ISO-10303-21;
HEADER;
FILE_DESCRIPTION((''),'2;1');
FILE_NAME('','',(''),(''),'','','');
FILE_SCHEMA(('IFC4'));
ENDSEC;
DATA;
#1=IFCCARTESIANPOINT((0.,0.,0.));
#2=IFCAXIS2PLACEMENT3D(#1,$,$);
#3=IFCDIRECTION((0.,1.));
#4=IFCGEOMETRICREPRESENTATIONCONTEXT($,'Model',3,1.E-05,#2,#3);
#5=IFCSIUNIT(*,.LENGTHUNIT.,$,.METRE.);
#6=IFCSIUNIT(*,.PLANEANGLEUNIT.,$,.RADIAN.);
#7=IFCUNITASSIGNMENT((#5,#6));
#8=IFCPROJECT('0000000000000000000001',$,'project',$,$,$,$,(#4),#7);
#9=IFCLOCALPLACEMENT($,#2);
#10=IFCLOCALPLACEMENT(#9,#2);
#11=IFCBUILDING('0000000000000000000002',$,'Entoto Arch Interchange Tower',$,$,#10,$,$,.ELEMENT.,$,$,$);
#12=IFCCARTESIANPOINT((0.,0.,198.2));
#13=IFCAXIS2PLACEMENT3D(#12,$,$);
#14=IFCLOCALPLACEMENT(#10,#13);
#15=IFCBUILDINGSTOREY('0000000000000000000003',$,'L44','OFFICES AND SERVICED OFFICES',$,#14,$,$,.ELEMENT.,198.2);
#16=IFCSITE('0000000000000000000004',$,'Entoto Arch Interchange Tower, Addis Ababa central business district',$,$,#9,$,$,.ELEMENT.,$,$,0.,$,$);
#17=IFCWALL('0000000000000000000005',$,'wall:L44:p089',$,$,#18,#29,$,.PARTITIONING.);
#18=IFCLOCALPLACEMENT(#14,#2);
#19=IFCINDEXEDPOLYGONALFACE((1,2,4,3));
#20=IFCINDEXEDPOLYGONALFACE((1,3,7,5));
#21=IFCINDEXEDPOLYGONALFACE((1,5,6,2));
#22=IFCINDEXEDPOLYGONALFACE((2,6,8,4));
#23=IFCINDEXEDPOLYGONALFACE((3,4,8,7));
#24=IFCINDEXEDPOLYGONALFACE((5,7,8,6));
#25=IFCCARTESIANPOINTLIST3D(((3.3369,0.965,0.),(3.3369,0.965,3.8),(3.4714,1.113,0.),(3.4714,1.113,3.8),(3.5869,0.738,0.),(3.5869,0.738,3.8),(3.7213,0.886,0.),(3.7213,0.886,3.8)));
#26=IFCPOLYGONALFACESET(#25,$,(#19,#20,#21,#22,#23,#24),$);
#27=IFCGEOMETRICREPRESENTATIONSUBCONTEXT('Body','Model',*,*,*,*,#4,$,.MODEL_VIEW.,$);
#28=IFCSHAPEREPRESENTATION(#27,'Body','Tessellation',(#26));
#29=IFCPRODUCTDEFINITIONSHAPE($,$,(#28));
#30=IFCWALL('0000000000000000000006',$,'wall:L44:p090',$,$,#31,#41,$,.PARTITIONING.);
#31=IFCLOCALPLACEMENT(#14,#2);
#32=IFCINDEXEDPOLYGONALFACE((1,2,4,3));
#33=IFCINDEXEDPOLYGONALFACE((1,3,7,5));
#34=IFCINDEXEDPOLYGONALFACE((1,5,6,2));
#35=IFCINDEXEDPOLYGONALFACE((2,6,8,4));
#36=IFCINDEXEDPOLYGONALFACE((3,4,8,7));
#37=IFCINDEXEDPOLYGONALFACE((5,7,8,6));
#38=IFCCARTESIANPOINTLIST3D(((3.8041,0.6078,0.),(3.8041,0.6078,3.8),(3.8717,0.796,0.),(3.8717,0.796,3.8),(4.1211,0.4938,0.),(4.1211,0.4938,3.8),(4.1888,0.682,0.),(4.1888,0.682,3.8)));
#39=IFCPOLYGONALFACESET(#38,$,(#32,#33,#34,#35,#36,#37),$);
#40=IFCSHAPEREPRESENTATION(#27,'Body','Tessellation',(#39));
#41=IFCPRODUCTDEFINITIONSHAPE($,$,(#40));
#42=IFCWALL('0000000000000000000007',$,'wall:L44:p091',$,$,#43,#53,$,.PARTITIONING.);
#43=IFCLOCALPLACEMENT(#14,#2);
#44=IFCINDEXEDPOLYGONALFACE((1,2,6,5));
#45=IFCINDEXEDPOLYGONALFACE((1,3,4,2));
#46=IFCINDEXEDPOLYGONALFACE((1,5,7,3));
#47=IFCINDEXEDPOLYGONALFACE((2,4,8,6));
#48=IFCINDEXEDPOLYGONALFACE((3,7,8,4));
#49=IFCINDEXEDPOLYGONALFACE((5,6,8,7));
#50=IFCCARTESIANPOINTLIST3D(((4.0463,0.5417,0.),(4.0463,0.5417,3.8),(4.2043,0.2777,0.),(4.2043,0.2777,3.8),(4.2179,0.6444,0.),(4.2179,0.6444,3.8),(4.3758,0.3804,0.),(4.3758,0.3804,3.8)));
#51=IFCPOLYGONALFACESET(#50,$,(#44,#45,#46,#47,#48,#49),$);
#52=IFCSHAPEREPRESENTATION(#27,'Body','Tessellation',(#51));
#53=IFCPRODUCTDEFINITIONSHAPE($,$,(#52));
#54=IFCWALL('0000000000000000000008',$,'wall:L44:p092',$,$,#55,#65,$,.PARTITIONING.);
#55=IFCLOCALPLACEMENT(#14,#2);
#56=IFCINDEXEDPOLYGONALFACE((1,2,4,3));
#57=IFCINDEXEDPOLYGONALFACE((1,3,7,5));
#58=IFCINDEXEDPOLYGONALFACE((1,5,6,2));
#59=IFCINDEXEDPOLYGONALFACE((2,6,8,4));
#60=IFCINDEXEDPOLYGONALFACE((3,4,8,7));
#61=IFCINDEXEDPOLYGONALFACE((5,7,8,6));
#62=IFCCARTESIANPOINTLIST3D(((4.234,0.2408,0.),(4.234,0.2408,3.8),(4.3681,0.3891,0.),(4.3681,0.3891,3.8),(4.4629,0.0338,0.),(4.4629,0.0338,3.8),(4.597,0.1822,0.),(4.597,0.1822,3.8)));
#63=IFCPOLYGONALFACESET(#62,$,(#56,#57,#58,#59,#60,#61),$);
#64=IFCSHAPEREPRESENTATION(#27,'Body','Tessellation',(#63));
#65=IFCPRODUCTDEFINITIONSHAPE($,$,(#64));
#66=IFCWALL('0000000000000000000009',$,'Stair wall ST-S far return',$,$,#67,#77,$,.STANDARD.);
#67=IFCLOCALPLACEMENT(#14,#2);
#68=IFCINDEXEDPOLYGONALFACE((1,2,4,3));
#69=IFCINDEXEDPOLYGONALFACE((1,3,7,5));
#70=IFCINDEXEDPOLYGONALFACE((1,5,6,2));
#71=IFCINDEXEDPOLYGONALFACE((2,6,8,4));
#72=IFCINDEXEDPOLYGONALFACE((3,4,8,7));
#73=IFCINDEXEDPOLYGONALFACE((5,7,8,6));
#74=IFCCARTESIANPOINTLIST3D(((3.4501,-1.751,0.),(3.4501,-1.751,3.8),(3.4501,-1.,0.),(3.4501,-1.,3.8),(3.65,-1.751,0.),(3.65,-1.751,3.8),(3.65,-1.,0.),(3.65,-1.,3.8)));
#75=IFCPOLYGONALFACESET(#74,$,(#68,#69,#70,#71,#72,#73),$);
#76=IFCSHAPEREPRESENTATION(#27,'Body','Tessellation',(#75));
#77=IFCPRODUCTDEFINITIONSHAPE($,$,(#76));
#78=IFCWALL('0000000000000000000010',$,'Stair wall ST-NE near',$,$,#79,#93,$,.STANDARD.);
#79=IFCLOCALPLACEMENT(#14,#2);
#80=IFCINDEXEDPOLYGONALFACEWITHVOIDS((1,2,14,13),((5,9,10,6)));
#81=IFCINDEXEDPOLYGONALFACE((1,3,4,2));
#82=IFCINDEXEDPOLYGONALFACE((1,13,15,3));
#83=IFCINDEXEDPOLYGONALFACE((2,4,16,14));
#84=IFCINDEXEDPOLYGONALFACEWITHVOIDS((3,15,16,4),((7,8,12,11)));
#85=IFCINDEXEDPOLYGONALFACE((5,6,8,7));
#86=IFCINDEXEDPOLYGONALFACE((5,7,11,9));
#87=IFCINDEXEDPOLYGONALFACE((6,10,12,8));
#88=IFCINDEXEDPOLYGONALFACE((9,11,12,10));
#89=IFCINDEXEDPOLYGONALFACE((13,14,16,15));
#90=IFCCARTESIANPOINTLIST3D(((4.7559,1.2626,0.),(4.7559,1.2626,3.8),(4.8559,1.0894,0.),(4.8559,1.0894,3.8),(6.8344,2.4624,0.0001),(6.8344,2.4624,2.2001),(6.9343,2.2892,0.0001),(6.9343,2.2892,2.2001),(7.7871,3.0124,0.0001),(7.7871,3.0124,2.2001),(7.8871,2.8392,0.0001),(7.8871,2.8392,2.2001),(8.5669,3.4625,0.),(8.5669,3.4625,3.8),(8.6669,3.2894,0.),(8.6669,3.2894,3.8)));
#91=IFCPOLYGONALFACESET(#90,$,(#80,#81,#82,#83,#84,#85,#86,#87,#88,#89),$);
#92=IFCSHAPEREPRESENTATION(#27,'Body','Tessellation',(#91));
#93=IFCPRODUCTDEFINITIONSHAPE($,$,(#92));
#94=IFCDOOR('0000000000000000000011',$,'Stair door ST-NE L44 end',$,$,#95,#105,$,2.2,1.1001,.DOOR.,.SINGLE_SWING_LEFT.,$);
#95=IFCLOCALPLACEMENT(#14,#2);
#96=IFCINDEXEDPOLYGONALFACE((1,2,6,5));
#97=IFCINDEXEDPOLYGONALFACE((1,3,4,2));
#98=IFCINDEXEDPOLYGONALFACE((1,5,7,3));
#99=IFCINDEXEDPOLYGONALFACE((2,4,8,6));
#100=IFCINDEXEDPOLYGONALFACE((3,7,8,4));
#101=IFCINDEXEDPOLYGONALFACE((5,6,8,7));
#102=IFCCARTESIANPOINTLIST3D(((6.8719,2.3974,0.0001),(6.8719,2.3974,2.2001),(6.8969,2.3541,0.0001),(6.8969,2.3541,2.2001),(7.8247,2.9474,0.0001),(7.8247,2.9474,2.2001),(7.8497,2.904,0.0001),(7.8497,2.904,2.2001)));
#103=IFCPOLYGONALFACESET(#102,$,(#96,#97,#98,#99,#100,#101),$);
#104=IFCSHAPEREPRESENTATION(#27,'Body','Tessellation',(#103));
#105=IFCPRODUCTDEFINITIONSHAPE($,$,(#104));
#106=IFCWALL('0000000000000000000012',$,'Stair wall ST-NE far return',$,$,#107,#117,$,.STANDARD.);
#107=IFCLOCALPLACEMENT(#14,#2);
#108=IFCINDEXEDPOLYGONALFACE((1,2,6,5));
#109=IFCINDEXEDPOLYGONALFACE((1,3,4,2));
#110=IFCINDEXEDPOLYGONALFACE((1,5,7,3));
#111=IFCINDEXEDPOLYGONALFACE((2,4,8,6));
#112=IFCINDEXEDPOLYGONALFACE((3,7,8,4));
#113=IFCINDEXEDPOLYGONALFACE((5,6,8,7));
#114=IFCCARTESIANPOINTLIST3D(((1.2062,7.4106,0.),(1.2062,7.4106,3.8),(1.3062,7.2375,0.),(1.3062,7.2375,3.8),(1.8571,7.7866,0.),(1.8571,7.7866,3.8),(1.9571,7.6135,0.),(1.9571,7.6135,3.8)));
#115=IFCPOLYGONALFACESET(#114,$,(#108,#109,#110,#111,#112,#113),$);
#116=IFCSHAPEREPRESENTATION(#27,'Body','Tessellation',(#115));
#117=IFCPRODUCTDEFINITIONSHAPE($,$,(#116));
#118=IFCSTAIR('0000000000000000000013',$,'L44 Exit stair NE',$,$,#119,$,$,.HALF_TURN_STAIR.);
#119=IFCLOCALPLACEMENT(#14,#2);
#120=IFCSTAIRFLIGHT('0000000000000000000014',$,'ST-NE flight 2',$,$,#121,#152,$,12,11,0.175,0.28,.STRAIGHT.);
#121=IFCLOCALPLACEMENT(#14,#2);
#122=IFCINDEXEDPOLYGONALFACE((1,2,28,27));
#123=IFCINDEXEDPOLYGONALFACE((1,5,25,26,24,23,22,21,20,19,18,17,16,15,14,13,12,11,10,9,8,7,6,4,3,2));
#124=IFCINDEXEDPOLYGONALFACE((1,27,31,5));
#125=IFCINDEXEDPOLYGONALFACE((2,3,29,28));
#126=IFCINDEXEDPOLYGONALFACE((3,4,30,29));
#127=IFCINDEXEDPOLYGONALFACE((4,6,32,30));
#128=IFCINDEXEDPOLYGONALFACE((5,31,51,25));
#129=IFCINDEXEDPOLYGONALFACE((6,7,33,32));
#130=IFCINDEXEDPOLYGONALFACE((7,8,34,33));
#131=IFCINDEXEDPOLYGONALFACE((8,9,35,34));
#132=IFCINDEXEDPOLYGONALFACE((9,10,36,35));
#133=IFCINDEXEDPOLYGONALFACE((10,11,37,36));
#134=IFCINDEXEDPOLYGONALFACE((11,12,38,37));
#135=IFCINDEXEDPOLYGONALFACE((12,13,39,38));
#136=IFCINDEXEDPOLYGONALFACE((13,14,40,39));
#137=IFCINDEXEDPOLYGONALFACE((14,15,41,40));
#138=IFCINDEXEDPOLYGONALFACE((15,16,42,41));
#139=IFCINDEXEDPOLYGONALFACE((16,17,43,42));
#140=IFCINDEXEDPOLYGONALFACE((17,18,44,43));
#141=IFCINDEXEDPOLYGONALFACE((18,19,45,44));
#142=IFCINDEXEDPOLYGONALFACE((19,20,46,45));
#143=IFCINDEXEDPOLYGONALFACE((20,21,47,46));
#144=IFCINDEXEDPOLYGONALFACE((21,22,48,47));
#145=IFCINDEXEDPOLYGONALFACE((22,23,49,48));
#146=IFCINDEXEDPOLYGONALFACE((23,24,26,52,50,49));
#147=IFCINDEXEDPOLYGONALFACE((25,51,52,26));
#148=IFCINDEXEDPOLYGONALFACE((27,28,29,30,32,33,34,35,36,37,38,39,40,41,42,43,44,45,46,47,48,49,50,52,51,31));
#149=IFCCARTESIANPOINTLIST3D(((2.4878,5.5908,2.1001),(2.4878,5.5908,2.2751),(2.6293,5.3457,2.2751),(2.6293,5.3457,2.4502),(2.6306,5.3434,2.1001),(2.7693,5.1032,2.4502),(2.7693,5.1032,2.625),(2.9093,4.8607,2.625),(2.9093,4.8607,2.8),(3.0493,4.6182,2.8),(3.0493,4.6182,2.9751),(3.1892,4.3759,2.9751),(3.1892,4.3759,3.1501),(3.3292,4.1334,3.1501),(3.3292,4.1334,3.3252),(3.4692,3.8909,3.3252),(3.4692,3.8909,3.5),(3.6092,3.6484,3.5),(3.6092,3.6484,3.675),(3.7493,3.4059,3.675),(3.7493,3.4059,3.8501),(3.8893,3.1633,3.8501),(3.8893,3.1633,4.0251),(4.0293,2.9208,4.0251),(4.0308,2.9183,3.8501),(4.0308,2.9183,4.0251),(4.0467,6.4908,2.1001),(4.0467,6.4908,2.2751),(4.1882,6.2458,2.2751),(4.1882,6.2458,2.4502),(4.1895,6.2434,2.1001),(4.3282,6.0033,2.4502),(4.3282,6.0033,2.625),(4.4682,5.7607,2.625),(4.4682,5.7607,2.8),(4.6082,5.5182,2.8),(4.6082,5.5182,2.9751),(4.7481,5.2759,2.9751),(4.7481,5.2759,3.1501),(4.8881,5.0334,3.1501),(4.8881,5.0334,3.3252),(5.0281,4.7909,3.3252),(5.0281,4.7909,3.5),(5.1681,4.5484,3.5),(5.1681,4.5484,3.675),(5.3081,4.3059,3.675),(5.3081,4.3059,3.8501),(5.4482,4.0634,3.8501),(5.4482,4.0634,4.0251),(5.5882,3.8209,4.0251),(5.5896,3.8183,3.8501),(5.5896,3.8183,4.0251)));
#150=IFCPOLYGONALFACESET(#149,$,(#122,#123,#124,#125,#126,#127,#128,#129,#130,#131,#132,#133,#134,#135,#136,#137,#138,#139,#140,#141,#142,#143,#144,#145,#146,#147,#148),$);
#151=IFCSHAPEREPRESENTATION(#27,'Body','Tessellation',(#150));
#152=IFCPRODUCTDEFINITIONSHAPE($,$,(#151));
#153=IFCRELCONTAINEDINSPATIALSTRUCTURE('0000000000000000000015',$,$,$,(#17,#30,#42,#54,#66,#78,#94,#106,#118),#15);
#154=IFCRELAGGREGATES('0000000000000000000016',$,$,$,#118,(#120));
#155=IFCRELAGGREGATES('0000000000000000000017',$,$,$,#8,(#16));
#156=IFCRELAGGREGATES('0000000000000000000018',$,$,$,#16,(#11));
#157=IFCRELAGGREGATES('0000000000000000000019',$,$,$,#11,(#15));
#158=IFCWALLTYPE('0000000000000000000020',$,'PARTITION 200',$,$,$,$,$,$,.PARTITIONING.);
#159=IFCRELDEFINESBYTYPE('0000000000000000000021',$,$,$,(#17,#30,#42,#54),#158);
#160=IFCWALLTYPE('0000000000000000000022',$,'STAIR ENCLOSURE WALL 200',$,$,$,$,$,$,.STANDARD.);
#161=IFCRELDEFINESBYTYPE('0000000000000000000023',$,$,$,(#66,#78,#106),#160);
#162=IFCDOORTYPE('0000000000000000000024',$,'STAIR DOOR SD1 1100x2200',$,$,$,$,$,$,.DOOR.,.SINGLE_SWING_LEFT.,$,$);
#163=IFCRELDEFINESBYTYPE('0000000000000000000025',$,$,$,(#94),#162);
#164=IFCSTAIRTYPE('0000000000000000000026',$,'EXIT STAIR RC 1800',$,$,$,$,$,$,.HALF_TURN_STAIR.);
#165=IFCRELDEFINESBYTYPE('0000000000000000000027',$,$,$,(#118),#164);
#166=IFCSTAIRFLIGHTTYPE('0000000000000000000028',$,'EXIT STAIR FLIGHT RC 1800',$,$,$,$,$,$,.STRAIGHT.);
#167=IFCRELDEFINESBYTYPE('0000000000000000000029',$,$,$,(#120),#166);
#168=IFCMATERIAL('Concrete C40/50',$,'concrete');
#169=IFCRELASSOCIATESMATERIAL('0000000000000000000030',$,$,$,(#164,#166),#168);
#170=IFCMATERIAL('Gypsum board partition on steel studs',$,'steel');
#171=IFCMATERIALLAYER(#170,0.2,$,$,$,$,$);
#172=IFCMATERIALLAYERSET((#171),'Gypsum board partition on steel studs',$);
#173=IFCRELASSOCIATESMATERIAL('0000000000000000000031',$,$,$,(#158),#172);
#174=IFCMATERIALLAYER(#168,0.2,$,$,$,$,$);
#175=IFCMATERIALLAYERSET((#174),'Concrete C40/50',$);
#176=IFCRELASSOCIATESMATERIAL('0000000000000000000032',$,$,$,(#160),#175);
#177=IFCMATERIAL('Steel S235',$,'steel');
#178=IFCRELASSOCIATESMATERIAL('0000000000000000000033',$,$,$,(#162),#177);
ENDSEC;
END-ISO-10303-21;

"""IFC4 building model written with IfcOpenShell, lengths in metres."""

from ifc_helpers import new_model, si_unit, direction, frame, frame_2d, origin, place, context, subcontext, project, spatial, polyline, rectangle, outline, extrude, material, layer, layer_set, type_object, element, fill, aggregate, save


model = new_model("IFC4")

# Units and contexts
model_context = context("Model", 3, precision=1e-05, world=origin(), true_north=direction((0.0, 1.0)))
body_context = subcontext(model_context, "Body", "Model", "MODEL_VIEW")
ifc_project = project(units=[si_unit("LENGTHUNIT", "METRE"), si_unit("PLANEANGLEUNIT", "RADIAN")], contexts=[model_context])

# Site, building, storey
site_placement = place(None, origin())
site = spatial("IfcSite", under=ifc_project, at=site_placement, Name="Entoto Arch Interchange Tower, Addis Ababa central business district", CompositionType="ELEMENT", RefElevation=0.0)
building_placement = place(site_placement, origin())
building = spatial("IfcBuilding", under=site, at=building_placement, Name="Entoto Arch Interchange Tower", CompositionType="ELEMENT")
storey_placement = place(building_placement, frame((0.0, 0.0, 198.2)))
storey = spatial("IfcBuildingStorey", under=building, at=storey_placement, Name="L44", Description="OFFICES AND SERVICED OFFICES", CompositionType="ELEMENT", Elevation=198.2)

# Shared definitions
ifc_material_1 = material(Name="Concrete C40/50", Category="concrete")
stair_type = type_object("IfcStairType", Name="EXIT STAIR RC 1800", PredefinedType="HALF_TURN_STAIR", material=ifc_material_1)

# Shared definitions
ifc_material_2 = material(Name="Gypsum board partition on steel studs", Category="steel")
ifc_layer_1 = layer(ifc_material_2, 0.2)
ifc_layer_set_1 = layer_set([ifc_layer_1], Name="Gypsum board partition on steel studs")
wall_type_1 = type_object("IfcWallType", Name="PARTITION 200", PredefinedType="PARTITIONING", material=ifc_layer_set_1)

# Walls
for number, where, z_axis, x_axis, name in (
    (1, (3.4041, 1.0391, 0.0), (0.0, 0.0, 1.0), (0.740267, -0.672313, 0.0), "wall:L44:p089"),
):
    element("IfcWall", number, at=place(storey_placement, frame(where, z_axis=z_axis, x_axis=x_axis)), inside=storey, type_object=wall_type_1, Name=name, PredefinedType="PARTITIONING", context=body_context, shape_type="SweptSolid", body=[
        extrude(rectangle(XDim=0.3376, YDim=0.2, at=frame_2d((0.1689, 0.0))), origin(), (0.0, 0.0, 1.0), 3.8),
    ])
wall_1_placement = place(storey_placement, frame((3.8379, 0.7019, 0.0), z_axis=(0.0, 0.0, 1.0), x_axis=(0.941035, -0.338309, 0.0)))
element("IfcWall", 2, at=wall_1_placement, inside=storey, type_object=wall_type_1, Name="wall:L44:p090", PredefinedType="PARTITIONING", context=body_context, shape_type="SweptSolid", body=[
    extrude(rectangle(XDim=0.3369, YDim=0.2, at=frame_2d((0.1685, 0.0))), origin(), (0.0, 0.0, 1.0), 3.8),
])
wall_2_placement = place(storey_placement, frame((4.1321, 0.593, 0.0), z_axis=(0.0, 0.0, 1.0), x_axis=(0.513562, -0.858053, 0.0)))
element("IfcWall", 3, at=wall_2_placement, inside=storey, type_object=wall_type_1, Name="wall:L44:p091", PredefinedType="PARTITIONING", context=body_context, shape_type="SweptSolid", body=[
    extrude(rectangle(XDim=0.3076, YDim=0.2, at=frame_2d((0.1538, 0.0))), origin(), (0.0, 0.0, 1.0), 3.8),
])
wall_3_placement = place(storey_placement, frame((4.301, 0.3149, 0.0), z_axis=(0.0, 0.0, 1.0), x_axis=(0.741798, -0.670623, 0.0)))
element("IfcWall", 4, at=wall_3_placement, inside=storey, type_object=wall_type_1, Name="wall:L44:p092", PredefinedType="PARTITIONING", context=body_context, shape_type="SweptSolid", body=[
    extrude(rectangle(XDim=0.3086, YDim=0.2, at=frame_2d((0.1543, 0.0))), origin(), (0.0, 0.0, 1.0), 3.8),
])
ifc_layer_2 = layer(ifc_material_1, 0.2)
ifc_layer_set_2 = layer_set([ifc_layer_2], Name="Concrete C40/50")
wall_type_2 = type_object("IfcWallType", Name="STAIR ENCLOSURE WALL 200", PredefinedType="STANDARD", material=ifc_layer_set_2)
wall_4_placement = place(storey_placement, frame((3.55, -1.0, 0.0), z_axis=(0.0, 0.0, 1.0), x_axis=(0.0, -1.0, 0.0)))
element("IfcWall", 5, at=wall_4_placement, inside=storey, type_object=wall_type_2, Name="Stair wall ST-S far return", PredefinedType="STANDARD", context=body_context, shape_type="SweptSolid", body=[
    extrude(rectangle(XDim=0.751, YDim=0.2, at=frame_2d((0.3755, 0.0))), origin(), (0.0, 0.0, 1.0), 3.8),
])

# Wall, opening, door
wall_5_placement = place(storey_placement, frame((4.8059, 1.176, 0.0), z_axis=(0.0, 0.0, 1.0), x_axis=(0.86606, 0.49994, 0.0)))
wall_5 = element("IfcWall", 6, at=wall_5_placement, inside=storey, type_object=wall_type_2, Name="Stair wall ST-NE near", PredefinedType="STANDARD", context=body_context, shape_type="SweptSolid", body=[
    extrude(rectangle(XDim=4.4004, YDim=0.2, at=frame_2d((2.2002, 0.0))), origin(), (0.0, 0.0, 1.0), 3.8),
])
opening_1_placement = place(wall_5_placement, frame((2.3999, 0.0, 0.0)))
opening_1 = element("IfcOpeningElement", 7, at=opening_1_placement, cuts=wall_5, PredefinedType="OPENING", context=body_context, shape_type="SweptSolid", body=[
    extrude(rectangle(XDim=1.1001, YDim=2.2, at=frame_2d((0.55, 1.1001))), frame((0.0, 0.1099, 0.0), z_axis=(0.0, -1.0, 0.0), x_axis=(1.0, 0.0, 0.0)), (0.0, 0.0, 1.0), 0.22),
])
ifc_material_3 = material(Name="Steel S235", Category="steel")
door_type_1 = type_object("IfcDoorType", Name="STAIR DOOR SD1 1100x2200", OperationType="SINGLE_SWING_LEFT", PredefinedType="DOOR", material=ifc_material_3)
door_1_placement = place(opening_1_placement, origin())
door_1 = element("IfcDoor", 8, at=door_1_placement, inside=storey, type_object=door_type_1, Name="Stair door ST-NE L44 end", OperationType="SINGLE_SWING_LEFT", OverallHeight=2.2, OverallWidth=1.1001, PredefinedType="DOOR", context=body_context, shape_type="SweptSolid", body=[
    extrude(rectangle(XDim=1.1001, YDim=2.2, at=frame_2d((0.55, 1.1001))), frame((0.0, 0.0249, 0.0), z_axis=(0.0, -1.0, 0.0), x_axis=(1.0, 0.0, 0.0)), (0.0, 0.0, 1.0), 0.05),
])
fill(opening_1, door_1)

# Wall
wall_6_placement = place(storey_placement, frame((1.2561, 7.324, 0.0), z_axis=(0.0, 0.0, 1.0), x_axis=(0.865915, 0.500191, 0.0)))
element("IfcWall", 9, at=wall_6_placement, inside=storey, type_object=wall_type_2, Name="Stair wall ST-NE far return", PredefinedType="STANDARD", context=body_context, shape_type="SweptSolid", body=[
    extrude(rectangle(XDim=0.7517, YDim=0.2, at=frame_2d((0.376, 0.0))), origin(), (0.0, 0.0, 1.0), 3.8),
])

# Stair, stair flight
stair_1_placement = place(storey_placement, origin())
stair_1 = element("IfcStair", 10, at=stair_1_placement, inside=storey, type_object=stair_type, Name="L44 Exit stair NE", PredefinedType="HALF_TURN_STAIR")
stair_flight_type = type_object("IfcStairFlightType", Name="EXIT STAIR FLIGHT RC 1800", PredefinedType="STRAIGHT", material=ifc_material_1)
stair_flight_placement = place(storey_placement, frame((3.2688, 6.0383, 2.1001), z_axis=(0.0, 0.0, 1.0), x_axis=(0.5, -0.866025, 0.0)))
stair_flight = element("IfcStairFlight", 11, at=stair_flight_placement, type_object=stair_flight_type, Name="ST-NE flight 2", NumberOfRisers=12, NumberOfTreads=11, PredefinedType="STRAIGHT", RiserHeight=0.175, TreadLength=0.28, context=body_context, shape_type="SweptSolid", body=[
    extrude(outline(polyline([(-0.0029, 0.0), (-0.0029, 0.175), (0.28, 0.175), (0.28, 0.3501), (0.5601, 0.3501), (0.5601, 0.5249), (0.8401, 0.5249), (0.8401, 0.7), (1.1201, 0.7), (1.1201, 0.875), (1.3999, 0.875), (1.3999, 1.05), (1.6799, 1.05), (1.6799, 1.2251), (1.96, 1.2251), (1.96, 1.3999), (2.24, 1.3999), (2.24, 1.575), (2.52, 1.575), (2.52, 1.75), (2.8, 1.75), (2.8, 1.925), (3.0801, 1.925), (3.083, 1.925), (3.083, 1.75), (0.2827, 0.0), (-0.0029, 0.0)])), frame((0.0, 0.8999, 0.0), z_axis=(0.0, -1.0, 0.0), x_axis=(1.0, 0.0, 0.0)), (0.0, 0.0, 1.0), 1.8),
])
aggregate(stair_1, [stair_flight])

save(model, "model.ifc")
